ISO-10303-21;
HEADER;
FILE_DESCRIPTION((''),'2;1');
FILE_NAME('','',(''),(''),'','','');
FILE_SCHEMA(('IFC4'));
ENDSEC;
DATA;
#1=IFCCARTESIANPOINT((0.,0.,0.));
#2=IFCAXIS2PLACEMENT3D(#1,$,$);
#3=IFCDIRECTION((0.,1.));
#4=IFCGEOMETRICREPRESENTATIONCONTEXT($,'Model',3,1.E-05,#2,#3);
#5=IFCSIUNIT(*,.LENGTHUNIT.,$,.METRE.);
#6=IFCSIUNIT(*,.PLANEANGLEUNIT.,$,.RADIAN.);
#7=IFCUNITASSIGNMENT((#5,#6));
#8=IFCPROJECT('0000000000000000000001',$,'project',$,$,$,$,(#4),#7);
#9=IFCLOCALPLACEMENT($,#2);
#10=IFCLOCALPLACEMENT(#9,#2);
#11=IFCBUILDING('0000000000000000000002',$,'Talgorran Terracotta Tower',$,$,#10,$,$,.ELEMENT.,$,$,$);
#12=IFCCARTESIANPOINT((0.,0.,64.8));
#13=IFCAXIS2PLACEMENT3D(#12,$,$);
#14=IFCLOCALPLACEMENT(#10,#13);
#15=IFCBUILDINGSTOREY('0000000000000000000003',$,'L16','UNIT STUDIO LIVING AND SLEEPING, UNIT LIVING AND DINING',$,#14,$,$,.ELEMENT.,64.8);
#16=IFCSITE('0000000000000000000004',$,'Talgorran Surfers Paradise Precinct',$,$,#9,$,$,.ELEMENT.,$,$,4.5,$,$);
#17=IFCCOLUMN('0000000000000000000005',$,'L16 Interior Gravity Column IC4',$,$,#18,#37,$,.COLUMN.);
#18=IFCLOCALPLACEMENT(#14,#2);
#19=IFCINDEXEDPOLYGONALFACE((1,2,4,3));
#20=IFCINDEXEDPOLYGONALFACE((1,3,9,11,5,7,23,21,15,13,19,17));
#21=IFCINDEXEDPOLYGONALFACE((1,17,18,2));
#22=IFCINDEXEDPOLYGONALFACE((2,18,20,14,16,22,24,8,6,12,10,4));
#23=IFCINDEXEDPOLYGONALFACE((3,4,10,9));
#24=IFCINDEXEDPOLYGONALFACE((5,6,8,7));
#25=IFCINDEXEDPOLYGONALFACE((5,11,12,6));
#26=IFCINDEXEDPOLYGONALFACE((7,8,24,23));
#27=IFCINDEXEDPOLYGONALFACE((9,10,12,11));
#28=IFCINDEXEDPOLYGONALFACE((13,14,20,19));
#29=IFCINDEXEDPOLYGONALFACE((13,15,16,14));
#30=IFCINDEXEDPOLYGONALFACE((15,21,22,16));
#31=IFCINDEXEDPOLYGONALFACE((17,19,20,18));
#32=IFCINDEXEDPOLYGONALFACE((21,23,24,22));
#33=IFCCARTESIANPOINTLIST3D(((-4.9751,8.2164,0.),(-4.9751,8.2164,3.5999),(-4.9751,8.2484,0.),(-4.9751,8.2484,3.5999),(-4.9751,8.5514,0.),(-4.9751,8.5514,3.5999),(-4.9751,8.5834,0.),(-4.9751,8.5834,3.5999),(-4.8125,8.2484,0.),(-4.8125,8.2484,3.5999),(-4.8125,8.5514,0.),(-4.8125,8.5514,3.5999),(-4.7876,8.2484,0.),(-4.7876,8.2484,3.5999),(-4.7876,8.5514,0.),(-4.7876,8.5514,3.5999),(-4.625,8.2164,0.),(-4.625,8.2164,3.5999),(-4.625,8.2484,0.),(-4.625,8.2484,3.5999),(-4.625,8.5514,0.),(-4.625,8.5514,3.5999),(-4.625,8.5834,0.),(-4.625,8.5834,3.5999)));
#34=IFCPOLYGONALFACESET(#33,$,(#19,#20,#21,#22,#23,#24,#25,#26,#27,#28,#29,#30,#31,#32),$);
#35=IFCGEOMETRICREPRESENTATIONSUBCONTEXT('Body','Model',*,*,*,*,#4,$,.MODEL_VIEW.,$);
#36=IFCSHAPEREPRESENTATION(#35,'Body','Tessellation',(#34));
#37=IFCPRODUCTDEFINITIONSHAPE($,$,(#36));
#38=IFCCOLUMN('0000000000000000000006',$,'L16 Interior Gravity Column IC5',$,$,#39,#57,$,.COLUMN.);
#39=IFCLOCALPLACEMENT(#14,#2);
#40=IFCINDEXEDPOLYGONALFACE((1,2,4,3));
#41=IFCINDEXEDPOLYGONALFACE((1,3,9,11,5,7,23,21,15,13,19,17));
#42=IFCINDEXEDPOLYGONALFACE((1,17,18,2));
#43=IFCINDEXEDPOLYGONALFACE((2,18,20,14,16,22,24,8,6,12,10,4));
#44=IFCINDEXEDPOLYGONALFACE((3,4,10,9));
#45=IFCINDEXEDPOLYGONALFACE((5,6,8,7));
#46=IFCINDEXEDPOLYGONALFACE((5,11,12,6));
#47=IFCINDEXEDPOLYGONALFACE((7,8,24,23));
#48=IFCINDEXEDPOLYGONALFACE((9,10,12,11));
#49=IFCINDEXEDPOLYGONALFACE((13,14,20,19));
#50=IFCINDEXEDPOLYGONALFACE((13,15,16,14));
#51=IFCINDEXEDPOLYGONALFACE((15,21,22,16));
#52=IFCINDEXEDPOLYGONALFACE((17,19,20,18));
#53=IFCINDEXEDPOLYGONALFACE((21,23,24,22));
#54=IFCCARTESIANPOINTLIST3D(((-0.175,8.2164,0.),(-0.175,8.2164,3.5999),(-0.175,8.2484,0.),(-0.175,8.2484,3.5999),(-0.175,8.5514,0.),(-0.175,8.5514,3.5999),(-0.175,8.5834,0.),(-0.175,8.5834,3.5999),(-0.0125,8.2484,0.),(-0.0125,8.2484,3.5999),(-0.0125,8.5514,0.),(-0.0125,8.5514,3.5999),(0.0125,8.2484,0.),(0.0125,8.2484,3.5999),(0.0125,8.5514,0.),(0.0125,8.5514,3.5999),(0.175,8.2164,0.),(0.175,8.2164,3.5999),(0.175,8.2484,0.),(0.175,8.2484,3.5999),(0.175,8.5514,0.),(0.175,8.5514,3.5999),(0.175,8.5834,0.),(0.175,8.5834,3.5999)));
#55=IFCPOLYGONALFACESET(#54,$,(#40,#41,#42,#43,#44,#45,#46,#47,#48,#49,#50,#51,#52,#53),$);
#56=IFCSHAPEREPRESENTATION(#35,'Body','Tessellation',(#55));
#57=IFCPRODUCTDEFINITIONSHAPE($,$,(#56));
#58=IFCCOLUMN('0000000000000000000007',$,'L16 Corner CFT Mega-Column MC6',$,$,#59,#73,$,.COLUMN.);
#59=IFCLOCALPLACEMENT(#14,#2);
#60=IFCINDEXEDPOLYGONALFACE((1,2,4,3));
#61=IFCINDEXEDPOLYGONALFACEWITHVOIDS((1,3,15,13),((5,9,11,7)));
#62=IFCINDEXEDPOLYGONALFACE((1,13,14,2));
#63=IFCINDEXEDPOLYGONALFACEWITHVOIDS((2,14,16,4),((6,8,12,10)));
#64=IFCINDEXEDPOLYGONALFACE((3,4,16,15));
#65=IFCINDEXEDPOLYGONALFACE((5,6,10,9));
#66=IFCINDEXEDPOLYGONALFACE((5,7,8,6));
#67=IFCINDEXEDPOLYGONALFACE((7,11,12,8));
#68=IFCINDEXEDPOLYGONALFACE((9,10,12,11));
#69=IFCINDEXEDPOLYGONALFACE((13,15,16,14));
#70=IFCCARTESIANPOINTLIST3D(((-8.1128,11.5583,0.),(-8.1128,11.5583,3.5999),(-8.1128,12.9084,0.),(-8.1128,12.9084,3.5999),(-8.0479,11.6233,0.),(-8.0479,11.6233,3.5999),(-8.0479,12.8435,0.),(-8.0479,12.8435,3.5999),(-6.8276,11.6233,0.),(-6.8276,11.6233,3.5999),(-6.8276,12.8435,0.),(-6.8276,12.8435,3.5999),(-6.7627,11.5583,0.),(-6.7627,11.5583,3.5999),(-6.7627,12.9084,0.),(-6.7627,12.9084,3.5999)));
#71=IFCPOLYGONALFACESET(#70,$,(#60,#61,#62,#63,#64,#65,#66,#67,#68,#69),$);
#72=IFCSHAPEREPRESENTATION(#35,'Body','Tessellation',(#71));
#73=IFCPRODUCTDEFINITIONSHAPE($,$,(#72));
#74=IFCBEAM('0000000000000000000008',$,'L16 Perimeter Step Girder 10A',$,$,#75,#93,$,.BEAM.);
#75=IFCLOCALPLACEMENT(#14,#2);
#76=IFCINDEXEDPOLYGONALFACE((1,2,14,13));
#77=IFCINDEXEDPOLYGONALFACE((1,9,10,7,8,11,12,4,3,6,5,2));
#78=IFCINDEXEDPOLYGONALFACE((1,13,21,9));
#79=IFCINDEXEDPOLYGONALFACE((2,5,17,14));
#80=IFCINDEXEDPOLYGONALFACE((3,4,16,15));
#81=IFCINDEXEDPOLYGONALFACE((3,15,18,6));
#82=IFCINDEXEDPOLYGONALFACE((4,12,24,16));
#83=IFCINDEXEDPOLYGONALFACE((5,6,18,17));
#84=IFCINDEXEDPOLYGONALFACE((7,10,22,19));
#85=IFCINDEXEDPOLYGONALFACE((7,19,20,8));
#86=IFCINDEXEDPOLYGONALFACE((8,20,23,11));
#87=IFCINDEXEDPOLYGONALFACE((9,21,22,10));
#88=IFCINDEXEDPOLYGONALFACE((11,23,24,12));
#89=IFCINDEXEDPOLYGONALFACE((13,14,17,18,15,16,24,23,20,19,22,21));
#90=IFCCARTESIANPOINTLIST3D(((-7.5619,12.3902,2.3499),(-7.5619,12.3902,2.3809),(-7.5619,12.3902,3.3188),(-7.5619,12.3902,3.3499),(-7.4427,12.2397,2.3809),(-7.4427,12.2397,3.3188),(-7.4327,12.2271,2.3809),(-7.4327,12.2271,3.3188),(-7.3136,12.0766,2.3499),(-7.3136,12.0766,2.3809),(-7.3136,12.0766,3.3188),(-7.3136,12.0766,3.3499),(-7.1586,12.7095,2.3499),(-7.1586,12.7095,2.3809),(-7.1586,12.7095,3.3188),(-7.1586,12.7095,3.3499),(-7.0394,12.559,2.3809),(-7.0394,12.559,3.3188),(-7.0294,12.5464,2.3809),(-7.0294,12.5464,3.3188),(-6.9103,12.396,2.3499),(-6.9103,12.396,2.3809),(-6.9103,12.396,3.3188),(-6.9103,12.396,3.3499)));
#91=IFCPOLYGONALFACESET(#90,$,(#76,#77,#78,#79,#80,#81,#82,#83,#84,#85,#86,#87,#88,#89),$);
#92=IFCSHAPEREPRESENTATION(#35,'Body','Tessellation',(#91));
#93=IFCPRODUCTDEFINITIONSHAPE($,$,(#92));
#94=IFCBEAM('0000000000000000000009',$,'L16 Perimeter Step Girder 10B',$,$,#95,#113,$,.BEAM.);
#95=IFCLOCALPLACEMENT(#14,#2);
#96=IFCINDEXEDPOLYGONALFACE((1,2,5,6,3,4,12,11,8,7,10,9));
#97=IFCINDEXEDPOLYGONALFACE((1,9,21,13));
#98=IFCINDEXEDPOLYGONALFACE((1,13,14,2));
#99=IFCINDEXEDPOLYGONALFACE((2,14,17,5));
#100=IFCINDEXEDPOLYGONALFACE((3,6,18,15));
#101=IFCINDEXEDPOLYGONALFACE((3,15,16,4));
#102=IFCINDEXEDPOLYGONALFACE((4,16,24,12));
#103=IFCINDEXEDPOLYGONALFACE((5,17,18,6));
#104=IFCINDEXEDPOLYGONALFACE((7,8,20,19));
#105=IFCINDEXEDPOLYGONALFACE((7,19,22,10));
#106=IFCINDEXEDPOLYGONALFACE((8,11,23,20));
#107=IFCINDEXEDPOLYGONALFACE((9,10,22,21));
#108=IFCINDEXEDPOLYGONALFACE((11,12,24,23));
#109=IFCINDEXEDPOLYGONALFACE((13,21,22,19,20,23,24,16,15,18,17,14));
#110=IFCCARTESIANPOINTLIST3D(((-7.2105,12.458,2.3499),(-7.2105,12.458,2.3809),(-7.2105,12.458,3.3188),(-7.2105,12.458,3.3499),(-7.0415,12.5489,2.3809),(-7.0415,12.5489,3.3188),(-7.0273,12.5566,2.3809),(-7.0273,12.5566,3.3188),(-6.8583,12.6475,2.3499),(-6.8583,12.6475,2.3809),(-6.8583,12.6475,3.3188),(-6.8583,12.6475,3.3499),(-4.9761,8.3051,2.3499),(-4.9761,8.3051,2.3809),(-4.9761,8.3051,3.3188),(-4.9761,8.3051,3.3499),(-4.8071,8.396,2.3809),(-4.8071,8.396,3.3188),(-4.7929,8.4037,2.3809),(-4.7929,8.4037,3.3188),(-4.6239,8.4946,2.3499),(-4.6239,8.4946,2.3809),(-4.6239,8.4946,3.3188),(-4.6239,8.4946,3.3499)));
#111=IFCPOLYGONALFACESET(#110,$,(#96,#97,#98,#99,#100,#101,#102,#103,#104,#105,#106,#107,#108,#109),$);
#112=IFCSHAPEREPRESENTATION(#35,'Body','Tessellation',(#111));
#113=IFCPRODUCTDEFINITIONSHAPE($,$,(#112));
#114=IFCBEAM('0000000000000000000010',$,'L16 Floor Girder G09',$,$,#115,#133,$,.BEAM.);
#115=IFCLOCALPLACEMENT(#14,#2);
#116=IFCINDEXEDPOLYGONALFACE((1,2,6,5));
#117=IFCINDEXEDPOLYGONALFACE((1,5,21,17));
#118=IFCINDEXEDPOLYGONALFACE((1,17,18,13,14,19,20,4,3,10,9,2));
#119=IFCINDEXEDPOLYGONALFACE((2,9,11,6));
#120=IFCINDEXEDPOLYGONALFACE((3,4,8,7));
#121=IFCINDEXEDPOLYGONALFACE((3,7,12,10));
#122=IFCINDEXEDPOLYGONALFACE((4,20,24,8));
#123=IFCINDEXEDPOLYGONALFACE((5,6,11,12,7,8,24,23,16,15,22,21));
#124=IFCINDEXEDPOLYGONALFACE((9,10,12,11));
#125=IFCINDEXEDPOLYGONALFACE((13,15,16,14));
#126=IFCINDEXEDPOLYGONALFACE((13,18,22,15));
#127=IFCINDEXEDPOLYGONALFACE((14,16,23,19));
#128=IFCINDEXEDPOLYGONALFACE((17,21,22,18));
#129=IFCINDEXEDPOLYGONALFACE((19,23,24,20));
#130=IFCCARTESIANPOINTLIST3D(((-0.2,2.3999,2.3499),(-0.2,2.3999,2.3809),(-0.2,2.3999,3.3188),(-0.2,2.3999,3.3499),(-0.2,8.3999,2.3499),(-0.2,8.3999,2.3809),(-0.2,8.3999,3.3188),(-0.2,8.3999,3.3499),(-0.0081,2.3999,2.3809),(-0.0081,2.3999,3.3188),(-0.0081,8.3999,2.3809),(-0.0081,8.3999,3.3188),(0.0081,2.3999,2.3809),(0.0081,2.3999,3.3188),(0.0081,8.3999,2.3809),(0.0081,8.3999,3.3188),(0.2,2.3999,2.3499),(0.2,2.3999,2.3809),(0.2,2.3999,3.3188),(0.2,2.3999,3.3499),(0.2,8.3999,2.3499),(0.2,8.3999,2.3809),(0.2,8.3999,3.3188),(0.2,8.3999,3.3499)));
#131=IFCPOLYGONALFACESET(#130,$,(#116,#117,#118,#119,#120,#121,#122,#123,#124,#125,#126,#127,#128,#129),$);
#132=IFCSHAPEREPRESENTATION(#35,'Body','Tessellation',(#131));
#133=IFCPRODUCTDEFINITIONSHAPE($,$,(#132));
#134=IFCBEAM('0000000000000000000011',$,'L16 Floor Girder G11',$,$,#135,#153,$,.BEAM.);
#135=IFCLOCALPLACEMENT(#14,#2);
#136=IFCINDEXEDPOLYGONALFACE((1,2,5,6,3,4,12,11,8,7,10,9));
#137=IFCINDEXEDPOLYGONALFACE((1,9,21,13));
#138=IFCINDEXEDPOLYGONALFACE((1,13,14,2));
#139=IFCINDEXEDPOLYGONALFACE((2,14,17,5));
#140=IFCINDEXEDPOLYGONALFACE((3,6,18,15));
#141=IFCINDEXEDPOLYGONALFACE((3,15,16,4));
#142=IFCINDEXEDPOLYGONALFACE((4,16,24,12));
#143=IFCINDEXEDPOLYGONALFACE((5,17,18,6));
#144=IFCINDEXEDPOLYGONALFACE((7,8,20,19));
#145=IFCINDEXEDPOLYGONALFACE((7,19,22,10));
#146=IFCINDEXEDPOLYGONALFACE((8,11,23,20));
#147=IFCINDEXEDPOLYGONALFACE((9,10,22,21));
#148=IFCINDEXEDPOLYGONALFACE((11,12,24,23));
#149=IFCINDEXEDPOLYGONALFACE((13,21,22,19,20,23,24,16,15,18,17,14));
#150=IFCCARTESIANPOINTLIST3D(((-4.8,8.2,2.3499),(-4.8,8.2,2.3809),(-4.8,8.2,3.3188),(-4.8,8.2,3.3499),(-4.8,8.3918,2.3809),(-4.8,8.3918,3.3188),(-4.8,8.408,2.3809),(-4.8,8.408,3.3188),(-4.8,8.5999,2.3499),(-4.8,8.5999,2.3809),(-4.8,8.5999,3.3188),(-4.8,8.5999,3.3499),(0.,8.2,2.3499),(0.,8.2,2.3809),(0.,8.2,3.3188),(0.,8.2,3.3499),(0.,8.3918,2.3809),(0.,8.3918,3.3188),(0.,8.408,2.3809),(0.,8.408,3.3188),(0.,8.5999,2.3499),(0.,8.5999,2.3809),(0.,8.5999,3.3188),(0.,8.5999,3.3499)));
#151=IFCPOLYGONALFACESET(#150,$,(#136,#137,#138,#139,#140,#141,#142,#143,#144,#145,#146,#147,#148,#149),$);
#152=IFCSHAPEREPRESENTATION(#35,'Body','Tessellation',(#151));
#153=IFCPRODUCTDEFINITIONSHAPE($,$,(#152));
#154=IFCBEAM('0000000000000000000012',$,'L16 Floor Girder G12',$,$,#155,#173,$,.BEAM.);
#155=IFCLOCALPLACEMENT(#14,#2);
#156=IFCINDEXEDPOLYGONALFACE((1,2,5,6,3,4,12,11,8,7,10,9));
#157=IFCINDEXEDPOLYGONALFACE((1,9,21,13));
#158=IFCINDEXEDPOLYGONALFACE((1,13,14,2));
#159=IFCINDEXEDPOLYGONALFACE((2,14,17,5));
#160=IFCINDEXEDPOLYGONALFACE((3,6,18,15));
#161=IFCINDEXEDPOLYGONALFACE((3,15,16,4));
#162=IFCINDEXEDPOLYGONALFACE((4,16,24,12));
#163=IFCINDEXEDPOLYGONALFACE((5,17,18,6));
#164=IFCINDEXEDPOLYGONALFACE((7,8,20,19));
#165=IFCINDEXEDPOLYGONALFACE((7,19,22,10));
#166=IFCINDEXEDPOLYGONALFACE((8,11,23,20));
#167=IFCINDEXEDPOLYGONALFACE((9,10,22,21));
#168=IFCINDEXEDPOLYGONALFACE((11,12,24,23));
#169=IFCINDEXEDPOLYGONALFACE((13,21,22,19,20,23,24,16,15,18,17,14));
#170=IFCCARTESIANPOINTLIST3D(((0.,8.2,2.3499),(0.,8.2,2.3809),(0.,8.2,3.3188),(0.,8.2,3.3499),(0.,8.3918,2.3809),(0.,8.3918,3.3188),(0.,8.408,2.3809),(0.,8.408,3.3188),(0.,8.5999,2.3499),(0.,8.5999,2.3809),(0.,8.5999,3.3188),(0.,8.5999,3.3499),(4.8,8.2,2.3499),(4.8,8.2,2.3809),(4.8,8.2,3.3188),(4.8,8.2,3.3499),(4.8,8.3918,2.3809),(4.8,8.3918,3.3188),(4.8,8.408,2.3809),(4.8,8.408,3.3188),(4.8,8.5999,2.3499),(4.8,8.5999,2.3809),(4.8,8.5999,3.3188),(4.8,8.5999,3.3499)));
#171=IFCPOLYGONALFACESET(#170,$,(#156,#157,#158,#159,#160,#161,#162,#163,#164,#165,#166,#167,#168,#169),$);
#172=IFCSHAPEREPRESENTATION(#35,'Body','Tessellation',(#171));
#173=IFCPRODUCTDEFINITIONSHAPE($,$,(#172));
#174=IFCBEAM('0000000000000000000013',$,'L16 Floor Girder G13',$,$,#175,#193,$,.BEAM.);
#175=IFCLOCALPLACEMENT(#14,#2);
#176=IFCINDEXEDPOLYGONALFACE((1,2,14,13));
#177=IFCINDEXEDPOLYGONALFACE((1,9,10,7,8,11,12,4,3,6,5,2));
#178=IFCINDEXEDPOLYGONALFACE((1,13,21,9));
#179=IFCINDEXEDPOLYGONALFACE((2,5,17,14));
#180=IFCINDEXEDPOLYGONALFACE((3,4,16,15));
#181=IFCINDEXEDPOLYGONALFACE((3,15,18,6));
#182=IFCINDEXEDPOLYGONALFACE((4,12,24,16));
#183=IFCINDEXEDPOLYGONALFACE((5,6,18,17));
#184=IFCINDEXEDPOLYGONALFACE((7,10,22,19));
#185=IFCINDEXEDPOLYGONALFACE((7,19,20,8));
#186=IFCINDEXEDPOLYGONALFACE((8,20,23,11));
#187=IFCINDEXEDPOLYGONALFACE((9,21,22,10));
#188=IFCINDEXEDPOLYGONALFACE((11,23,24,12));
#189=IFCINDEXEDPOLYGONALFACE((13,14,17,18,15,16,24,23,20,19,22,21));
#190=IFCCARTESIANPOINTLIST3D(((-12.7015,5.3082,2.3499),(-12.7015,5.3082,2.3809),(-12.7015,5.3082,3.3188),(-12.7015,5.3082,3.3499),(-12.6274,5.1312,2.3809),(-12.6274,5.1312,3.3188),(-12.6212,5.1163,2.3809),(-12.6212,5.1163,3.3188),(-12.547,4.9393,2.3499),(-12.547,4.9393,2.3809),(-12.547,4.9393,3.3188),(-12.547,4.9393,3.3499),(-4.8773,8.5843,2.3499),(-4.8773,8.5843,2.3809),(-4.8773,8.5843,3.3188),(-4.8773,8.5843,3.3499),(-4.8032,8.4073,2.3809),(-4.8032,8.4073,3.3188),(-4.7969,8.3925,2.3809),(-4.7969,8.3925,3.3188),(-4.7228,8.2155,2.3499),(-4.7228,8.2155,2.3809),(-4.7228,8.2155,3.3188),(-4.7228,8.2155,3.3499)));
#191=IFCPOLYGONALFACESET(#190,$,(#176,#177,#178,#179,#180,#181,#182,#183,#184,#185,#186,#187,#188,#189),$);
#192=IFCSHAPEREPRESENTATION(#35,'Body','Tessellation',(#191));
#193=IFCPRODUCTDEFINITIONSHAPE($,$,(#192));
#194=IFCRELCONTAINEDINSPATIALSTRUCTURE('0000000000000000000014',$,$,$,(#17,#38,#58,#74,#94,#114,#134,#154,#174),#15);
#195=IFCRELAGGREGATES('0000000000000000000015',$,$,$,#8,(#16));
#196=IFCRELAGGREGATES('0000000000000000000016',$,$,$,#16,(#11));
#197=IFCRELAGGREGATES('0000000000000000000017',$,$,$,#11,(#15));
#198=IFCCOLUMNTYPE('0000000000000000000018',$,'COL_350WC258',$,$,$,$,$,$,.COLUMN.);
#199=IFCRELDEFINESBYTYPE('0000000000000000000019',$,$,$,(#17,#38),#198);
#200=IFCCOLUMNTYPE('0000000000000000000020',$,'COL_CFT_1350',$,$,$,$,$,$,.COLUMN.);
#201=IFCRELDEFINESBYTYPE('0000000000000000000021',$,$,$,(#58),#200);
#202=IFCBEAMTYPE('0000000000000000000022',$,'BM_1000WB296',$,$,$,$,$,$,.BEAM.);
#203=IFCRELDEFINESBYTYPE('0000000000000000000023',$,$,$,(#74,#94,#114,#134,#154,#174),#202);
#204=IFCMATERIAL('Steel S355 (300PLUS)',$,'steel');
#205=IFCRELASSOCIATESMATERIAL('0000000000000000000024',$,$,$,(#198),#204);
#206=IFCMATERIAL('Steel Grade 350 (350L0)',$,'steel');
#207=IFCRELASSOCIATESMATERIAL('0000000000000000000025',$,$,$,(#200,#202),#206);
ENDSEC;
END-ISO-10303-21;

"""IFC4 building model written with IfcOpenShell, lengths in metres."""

from ifc_helpers import new_model, si_unit, direction, frame, origin, origin_2d, place, context, subcontext, project, spatial, hollow_rectangle, i_section, extrude, material, material_profile, profile_set, type_object, element, save


model = new_model("IFC4")

# Units and contexts
model_context = context("Model", 3, precision=1e-05, world=origin(), true_north=direction((0.0, 1.0)))
body_context = subcontext(model_context, "Body", "Model", "MODEL_VIEW")
ifc_project = project(units=[si_unit("LENGTHUNIT", "METRE"), si_unit("PLANEANGLEUNIT", "RADIAN")], contexts=[model_context])

# Site, building, storey
site_placement = place(None, origin())
site = spatial("IfcSite", under=ifc_project, at=site_placement, Name="Talgorran Surfers Paradise Precinct", CompositionType="ELEMENT", RefElevation=4.5)
building_placement = place(site_placement, origin())
building = spatial("IfcBuilding", under=site, at=building_placement, Name="Talgorran Terracotta Tower", CompositionType="ELEMENT")
storey_placement = place(building_placement, frame((0.0, 0.0, 64.8)))
storey = spatial("IfcBuildingStorey", under=building, at=storey_placement, Name="L16", Description="UNIT STUDIO LIVING AND SLEEPING, UNIT LIVING AND DINING", CompositionType="ELEMENT", Elevation=64.8)

# Columns
ifc_material_1 = material(Name="Steel S355 (300PLUS)", Category="steel")
ifc_material_profile_1 = material_profile(ifc_material_1, i_section(OverallWidth=0.3501, OverallDepth=0.3669, WebThickness=0.0249, FlangeThickness=0.032, at=origin_2d()), Name="350WC258")
ifc_profile_set_1 = profile_set([ifc_material_profile_1], Name="Steel S355 (300PLUS)")
column_type_1 = type_object("IfcColumnType", Name="COL_350WC258", PredefinedType="COLUMN", material=ifc_profile_set_1)
for number, where, z_axis, x_axis, name in (
    (1, (-4.8, 8.3999, 0.0), (0.0, 0.0, 1.0), (1.0, 0.0, 0.0), "L16 Interior Gravity Column IC4"),
    (2, (0.0, 8.3999, 0.0), (0.0, 0.0, 1.0), (1.0, 0.0, 0.0), "L16 Interior Gravity Column IC5"),
):
    element("IfcColumn", number, at=place(storey_placement, frame(where, z_axis=z_axis, x_axis=x_axis)), inside=storey, type_object=column_type_1, Name=name, PredefinedType="COLUMN", context=body_context, shape_type="SweptSolid", body=[
        extrude(i_section(OverallWidth=0.3501, OverallDepth=0.3669, WebThickness=0.0249, FlangeThickness=0.032, at=origin_2d()), origin(), (0.0, 0.0, 1.0), 3.5999),
    ])
ifc_material_2 = material(Name="Steel Grade 350 (350L0)", Category="steel")
ifc_material_profile_2 = material_profile(ifc_material_2, hollow_rectangle(XDim=1.3501, YDim=1.3501, WallThickness=0.0649, at=origin_2d()), Name="CFT1350X1350X65")
ifc_profile_set_2 = profile_set([ifc_material_profile_2], Name="Steel Grade 350 (350L0)")
column_type_2 = type_object("IfcColumnType", Name="COL_CFT_1350", PredefinedType="COLUMN", material=ifc_profile_set_2)
column_placement = place(storey_placement, frame((-7.4377, 12.2334, 0.0), z_axis=(0.0, 0.0, 1.0), x_axis=(1.0, 0.0, 0.0)))
element("IfcColumn", 3, at=column_placement, inside=storey, type_object=column_type_2, Name="L16 Corner CFT Mega-Column MC6", PredefinedType="COLUMN", context=body_context, shape_type="SweptSolid", body=[
    extrude(hollow_rectangle(XDim=1.3501, YDim=1.3501, WallThickness=0.0649, at=origin_2d()), origin(), (0.0, 0.0, 1.0), 3.5999),
])

# Beams
ifc_material_profile_3 = material_profile(ifc_material_2, i_section(OverallWidth=0.3999, OverallDepth=1.0, WebThickness=0.0161, FlangeThickness=0.031, at=origin_2d()), Name="1000WB296")
ifc_profile_set_3 = profile_set([ifc_material_profile_3], Name="Steel Grade 350 (350L0)")
beam_type_1 = type_object("IfcBeamType", Name="BM_1000WB296", PredefinedType="BEAM", material=ifc_profile_set_3)
beam_1_placement = place(storey_placement, frame((-7.4377, 12.2334, 2.8499), z_axis=(0.784007, 0.620752, 0.0), x_axis=(-0.620752, 0.784007, 0.0)))
element("IfcBeam", 4, at=beam_1_placement, inside=storey, type_object=beam_type_1, Name="L16 Perimeter Step Girder 10A", PredefinedType="BEAM", context=body_context, shape_type="SweptSolid", body=[
    extrude(i_section(OverallWidth=0.3999, OverallDepth=1.0, WebThickness=0.0161, FlangeThickness=0.031, at=origin_2d()), origin(), (0.0, 0.0, 1.0), 0.5144),
])
beam_2_placement = place(storey_placement, frame((-7.0344, 12.5527, 2.8499), z_axis=(0.47381, -0.880627, 0.0), x_axis=(0.880627, 0.47381, 0.0)))
element("IfcBeam", 5, at=beam_2_placement, inside=storey, type_object=beam_type_1, Name="L16 Perimeter Step Girder 10B", PredefinedType="BEAM", context=body_context, shape_type="SweptSolid", body=[
    extrude(i_section(OverallWidth=0.3999, OverallDepth=1.0, WebThickness=0.0161, FlangeThickness=0.031, at=origin_2d()), origin(), (0.0, 0.0, 1.0), 4.7158),
])
beam_3_placement = place(storey_placement, frame((0.0, 2.3999, 2.8499), z_axis=(0.0, 1.0, 0.0), x_axis=(-1.0, 0.0, 0.0)))
element("IfcBeam", 6, at=beam_3_placement, inside=storey, type_object=beam_type_1, Name="L16 Floor Girder G09", PredefinedType="BEAM", context=body_context, shape_type="SweptSolid", body=[
    extrude(i_section(OverallWidth=0.3999, OverallDepth=1.0, WebThickness=0.0161, FlangeThickness=0.031, at=origin_2d()), origin(), (0.0, 0.0, 1.0), 6.0),
])
for number, where, z_axis, x_axis, name in (
    (7, (-4.8, 8.3999, 2.8499), (1.0, 0.0, 0.0), (0.0, 1.0, 0.0), "L16 Floor Girder G11"),
    (8, (0.0, 8.3999, 2.8499), (1.0, 0.0, 0.0), (0.0, 1.0, 0.0), "L16 Floor Girder G12"),
):
    element("IfcBeam", number, at=place(storey_placement, frame(where, z_axis=z_axis, x_axis=x_axis)), inside=storey, type_object=beam_type_1, Name=name, PredefinedType="BEAM", context=body_context, shape_type="SweptSolid", body=[
        extrude(i_section(OverallWidth=0.3999, OverallDepth=1.0, WebThickness=0.0161, FlangeThickness=0.031, at=origin_2d()), origin(), (0.0, 0.0, 1.0), 4.8),
    ])
beam_4_placement = place(storey_placement, frame((-4.8, 8.3999, 2.8499), z_axis=(-0.922405, -0.386225, 0.0), x_axis=(0.386225, -0.922405, 0.0)))
element("IfcBeam", 9, at=beam_4_placement, inside=storey, type_object=beam_type_1, Name="L16 Floor Girder G13", PredefinedType="BEAM", context=body_context, shape_type="SweptSolid", body=[
    extrude(i_section(OverallWidth=0.3999, OverallDepth=1.0, WebThickness=0.0161, FlangeThickness=0.031, at=origin_2d()), origin(), (0.0, 0.0, 1.0), 8.4824),
])

save(model, "model.ifc")
